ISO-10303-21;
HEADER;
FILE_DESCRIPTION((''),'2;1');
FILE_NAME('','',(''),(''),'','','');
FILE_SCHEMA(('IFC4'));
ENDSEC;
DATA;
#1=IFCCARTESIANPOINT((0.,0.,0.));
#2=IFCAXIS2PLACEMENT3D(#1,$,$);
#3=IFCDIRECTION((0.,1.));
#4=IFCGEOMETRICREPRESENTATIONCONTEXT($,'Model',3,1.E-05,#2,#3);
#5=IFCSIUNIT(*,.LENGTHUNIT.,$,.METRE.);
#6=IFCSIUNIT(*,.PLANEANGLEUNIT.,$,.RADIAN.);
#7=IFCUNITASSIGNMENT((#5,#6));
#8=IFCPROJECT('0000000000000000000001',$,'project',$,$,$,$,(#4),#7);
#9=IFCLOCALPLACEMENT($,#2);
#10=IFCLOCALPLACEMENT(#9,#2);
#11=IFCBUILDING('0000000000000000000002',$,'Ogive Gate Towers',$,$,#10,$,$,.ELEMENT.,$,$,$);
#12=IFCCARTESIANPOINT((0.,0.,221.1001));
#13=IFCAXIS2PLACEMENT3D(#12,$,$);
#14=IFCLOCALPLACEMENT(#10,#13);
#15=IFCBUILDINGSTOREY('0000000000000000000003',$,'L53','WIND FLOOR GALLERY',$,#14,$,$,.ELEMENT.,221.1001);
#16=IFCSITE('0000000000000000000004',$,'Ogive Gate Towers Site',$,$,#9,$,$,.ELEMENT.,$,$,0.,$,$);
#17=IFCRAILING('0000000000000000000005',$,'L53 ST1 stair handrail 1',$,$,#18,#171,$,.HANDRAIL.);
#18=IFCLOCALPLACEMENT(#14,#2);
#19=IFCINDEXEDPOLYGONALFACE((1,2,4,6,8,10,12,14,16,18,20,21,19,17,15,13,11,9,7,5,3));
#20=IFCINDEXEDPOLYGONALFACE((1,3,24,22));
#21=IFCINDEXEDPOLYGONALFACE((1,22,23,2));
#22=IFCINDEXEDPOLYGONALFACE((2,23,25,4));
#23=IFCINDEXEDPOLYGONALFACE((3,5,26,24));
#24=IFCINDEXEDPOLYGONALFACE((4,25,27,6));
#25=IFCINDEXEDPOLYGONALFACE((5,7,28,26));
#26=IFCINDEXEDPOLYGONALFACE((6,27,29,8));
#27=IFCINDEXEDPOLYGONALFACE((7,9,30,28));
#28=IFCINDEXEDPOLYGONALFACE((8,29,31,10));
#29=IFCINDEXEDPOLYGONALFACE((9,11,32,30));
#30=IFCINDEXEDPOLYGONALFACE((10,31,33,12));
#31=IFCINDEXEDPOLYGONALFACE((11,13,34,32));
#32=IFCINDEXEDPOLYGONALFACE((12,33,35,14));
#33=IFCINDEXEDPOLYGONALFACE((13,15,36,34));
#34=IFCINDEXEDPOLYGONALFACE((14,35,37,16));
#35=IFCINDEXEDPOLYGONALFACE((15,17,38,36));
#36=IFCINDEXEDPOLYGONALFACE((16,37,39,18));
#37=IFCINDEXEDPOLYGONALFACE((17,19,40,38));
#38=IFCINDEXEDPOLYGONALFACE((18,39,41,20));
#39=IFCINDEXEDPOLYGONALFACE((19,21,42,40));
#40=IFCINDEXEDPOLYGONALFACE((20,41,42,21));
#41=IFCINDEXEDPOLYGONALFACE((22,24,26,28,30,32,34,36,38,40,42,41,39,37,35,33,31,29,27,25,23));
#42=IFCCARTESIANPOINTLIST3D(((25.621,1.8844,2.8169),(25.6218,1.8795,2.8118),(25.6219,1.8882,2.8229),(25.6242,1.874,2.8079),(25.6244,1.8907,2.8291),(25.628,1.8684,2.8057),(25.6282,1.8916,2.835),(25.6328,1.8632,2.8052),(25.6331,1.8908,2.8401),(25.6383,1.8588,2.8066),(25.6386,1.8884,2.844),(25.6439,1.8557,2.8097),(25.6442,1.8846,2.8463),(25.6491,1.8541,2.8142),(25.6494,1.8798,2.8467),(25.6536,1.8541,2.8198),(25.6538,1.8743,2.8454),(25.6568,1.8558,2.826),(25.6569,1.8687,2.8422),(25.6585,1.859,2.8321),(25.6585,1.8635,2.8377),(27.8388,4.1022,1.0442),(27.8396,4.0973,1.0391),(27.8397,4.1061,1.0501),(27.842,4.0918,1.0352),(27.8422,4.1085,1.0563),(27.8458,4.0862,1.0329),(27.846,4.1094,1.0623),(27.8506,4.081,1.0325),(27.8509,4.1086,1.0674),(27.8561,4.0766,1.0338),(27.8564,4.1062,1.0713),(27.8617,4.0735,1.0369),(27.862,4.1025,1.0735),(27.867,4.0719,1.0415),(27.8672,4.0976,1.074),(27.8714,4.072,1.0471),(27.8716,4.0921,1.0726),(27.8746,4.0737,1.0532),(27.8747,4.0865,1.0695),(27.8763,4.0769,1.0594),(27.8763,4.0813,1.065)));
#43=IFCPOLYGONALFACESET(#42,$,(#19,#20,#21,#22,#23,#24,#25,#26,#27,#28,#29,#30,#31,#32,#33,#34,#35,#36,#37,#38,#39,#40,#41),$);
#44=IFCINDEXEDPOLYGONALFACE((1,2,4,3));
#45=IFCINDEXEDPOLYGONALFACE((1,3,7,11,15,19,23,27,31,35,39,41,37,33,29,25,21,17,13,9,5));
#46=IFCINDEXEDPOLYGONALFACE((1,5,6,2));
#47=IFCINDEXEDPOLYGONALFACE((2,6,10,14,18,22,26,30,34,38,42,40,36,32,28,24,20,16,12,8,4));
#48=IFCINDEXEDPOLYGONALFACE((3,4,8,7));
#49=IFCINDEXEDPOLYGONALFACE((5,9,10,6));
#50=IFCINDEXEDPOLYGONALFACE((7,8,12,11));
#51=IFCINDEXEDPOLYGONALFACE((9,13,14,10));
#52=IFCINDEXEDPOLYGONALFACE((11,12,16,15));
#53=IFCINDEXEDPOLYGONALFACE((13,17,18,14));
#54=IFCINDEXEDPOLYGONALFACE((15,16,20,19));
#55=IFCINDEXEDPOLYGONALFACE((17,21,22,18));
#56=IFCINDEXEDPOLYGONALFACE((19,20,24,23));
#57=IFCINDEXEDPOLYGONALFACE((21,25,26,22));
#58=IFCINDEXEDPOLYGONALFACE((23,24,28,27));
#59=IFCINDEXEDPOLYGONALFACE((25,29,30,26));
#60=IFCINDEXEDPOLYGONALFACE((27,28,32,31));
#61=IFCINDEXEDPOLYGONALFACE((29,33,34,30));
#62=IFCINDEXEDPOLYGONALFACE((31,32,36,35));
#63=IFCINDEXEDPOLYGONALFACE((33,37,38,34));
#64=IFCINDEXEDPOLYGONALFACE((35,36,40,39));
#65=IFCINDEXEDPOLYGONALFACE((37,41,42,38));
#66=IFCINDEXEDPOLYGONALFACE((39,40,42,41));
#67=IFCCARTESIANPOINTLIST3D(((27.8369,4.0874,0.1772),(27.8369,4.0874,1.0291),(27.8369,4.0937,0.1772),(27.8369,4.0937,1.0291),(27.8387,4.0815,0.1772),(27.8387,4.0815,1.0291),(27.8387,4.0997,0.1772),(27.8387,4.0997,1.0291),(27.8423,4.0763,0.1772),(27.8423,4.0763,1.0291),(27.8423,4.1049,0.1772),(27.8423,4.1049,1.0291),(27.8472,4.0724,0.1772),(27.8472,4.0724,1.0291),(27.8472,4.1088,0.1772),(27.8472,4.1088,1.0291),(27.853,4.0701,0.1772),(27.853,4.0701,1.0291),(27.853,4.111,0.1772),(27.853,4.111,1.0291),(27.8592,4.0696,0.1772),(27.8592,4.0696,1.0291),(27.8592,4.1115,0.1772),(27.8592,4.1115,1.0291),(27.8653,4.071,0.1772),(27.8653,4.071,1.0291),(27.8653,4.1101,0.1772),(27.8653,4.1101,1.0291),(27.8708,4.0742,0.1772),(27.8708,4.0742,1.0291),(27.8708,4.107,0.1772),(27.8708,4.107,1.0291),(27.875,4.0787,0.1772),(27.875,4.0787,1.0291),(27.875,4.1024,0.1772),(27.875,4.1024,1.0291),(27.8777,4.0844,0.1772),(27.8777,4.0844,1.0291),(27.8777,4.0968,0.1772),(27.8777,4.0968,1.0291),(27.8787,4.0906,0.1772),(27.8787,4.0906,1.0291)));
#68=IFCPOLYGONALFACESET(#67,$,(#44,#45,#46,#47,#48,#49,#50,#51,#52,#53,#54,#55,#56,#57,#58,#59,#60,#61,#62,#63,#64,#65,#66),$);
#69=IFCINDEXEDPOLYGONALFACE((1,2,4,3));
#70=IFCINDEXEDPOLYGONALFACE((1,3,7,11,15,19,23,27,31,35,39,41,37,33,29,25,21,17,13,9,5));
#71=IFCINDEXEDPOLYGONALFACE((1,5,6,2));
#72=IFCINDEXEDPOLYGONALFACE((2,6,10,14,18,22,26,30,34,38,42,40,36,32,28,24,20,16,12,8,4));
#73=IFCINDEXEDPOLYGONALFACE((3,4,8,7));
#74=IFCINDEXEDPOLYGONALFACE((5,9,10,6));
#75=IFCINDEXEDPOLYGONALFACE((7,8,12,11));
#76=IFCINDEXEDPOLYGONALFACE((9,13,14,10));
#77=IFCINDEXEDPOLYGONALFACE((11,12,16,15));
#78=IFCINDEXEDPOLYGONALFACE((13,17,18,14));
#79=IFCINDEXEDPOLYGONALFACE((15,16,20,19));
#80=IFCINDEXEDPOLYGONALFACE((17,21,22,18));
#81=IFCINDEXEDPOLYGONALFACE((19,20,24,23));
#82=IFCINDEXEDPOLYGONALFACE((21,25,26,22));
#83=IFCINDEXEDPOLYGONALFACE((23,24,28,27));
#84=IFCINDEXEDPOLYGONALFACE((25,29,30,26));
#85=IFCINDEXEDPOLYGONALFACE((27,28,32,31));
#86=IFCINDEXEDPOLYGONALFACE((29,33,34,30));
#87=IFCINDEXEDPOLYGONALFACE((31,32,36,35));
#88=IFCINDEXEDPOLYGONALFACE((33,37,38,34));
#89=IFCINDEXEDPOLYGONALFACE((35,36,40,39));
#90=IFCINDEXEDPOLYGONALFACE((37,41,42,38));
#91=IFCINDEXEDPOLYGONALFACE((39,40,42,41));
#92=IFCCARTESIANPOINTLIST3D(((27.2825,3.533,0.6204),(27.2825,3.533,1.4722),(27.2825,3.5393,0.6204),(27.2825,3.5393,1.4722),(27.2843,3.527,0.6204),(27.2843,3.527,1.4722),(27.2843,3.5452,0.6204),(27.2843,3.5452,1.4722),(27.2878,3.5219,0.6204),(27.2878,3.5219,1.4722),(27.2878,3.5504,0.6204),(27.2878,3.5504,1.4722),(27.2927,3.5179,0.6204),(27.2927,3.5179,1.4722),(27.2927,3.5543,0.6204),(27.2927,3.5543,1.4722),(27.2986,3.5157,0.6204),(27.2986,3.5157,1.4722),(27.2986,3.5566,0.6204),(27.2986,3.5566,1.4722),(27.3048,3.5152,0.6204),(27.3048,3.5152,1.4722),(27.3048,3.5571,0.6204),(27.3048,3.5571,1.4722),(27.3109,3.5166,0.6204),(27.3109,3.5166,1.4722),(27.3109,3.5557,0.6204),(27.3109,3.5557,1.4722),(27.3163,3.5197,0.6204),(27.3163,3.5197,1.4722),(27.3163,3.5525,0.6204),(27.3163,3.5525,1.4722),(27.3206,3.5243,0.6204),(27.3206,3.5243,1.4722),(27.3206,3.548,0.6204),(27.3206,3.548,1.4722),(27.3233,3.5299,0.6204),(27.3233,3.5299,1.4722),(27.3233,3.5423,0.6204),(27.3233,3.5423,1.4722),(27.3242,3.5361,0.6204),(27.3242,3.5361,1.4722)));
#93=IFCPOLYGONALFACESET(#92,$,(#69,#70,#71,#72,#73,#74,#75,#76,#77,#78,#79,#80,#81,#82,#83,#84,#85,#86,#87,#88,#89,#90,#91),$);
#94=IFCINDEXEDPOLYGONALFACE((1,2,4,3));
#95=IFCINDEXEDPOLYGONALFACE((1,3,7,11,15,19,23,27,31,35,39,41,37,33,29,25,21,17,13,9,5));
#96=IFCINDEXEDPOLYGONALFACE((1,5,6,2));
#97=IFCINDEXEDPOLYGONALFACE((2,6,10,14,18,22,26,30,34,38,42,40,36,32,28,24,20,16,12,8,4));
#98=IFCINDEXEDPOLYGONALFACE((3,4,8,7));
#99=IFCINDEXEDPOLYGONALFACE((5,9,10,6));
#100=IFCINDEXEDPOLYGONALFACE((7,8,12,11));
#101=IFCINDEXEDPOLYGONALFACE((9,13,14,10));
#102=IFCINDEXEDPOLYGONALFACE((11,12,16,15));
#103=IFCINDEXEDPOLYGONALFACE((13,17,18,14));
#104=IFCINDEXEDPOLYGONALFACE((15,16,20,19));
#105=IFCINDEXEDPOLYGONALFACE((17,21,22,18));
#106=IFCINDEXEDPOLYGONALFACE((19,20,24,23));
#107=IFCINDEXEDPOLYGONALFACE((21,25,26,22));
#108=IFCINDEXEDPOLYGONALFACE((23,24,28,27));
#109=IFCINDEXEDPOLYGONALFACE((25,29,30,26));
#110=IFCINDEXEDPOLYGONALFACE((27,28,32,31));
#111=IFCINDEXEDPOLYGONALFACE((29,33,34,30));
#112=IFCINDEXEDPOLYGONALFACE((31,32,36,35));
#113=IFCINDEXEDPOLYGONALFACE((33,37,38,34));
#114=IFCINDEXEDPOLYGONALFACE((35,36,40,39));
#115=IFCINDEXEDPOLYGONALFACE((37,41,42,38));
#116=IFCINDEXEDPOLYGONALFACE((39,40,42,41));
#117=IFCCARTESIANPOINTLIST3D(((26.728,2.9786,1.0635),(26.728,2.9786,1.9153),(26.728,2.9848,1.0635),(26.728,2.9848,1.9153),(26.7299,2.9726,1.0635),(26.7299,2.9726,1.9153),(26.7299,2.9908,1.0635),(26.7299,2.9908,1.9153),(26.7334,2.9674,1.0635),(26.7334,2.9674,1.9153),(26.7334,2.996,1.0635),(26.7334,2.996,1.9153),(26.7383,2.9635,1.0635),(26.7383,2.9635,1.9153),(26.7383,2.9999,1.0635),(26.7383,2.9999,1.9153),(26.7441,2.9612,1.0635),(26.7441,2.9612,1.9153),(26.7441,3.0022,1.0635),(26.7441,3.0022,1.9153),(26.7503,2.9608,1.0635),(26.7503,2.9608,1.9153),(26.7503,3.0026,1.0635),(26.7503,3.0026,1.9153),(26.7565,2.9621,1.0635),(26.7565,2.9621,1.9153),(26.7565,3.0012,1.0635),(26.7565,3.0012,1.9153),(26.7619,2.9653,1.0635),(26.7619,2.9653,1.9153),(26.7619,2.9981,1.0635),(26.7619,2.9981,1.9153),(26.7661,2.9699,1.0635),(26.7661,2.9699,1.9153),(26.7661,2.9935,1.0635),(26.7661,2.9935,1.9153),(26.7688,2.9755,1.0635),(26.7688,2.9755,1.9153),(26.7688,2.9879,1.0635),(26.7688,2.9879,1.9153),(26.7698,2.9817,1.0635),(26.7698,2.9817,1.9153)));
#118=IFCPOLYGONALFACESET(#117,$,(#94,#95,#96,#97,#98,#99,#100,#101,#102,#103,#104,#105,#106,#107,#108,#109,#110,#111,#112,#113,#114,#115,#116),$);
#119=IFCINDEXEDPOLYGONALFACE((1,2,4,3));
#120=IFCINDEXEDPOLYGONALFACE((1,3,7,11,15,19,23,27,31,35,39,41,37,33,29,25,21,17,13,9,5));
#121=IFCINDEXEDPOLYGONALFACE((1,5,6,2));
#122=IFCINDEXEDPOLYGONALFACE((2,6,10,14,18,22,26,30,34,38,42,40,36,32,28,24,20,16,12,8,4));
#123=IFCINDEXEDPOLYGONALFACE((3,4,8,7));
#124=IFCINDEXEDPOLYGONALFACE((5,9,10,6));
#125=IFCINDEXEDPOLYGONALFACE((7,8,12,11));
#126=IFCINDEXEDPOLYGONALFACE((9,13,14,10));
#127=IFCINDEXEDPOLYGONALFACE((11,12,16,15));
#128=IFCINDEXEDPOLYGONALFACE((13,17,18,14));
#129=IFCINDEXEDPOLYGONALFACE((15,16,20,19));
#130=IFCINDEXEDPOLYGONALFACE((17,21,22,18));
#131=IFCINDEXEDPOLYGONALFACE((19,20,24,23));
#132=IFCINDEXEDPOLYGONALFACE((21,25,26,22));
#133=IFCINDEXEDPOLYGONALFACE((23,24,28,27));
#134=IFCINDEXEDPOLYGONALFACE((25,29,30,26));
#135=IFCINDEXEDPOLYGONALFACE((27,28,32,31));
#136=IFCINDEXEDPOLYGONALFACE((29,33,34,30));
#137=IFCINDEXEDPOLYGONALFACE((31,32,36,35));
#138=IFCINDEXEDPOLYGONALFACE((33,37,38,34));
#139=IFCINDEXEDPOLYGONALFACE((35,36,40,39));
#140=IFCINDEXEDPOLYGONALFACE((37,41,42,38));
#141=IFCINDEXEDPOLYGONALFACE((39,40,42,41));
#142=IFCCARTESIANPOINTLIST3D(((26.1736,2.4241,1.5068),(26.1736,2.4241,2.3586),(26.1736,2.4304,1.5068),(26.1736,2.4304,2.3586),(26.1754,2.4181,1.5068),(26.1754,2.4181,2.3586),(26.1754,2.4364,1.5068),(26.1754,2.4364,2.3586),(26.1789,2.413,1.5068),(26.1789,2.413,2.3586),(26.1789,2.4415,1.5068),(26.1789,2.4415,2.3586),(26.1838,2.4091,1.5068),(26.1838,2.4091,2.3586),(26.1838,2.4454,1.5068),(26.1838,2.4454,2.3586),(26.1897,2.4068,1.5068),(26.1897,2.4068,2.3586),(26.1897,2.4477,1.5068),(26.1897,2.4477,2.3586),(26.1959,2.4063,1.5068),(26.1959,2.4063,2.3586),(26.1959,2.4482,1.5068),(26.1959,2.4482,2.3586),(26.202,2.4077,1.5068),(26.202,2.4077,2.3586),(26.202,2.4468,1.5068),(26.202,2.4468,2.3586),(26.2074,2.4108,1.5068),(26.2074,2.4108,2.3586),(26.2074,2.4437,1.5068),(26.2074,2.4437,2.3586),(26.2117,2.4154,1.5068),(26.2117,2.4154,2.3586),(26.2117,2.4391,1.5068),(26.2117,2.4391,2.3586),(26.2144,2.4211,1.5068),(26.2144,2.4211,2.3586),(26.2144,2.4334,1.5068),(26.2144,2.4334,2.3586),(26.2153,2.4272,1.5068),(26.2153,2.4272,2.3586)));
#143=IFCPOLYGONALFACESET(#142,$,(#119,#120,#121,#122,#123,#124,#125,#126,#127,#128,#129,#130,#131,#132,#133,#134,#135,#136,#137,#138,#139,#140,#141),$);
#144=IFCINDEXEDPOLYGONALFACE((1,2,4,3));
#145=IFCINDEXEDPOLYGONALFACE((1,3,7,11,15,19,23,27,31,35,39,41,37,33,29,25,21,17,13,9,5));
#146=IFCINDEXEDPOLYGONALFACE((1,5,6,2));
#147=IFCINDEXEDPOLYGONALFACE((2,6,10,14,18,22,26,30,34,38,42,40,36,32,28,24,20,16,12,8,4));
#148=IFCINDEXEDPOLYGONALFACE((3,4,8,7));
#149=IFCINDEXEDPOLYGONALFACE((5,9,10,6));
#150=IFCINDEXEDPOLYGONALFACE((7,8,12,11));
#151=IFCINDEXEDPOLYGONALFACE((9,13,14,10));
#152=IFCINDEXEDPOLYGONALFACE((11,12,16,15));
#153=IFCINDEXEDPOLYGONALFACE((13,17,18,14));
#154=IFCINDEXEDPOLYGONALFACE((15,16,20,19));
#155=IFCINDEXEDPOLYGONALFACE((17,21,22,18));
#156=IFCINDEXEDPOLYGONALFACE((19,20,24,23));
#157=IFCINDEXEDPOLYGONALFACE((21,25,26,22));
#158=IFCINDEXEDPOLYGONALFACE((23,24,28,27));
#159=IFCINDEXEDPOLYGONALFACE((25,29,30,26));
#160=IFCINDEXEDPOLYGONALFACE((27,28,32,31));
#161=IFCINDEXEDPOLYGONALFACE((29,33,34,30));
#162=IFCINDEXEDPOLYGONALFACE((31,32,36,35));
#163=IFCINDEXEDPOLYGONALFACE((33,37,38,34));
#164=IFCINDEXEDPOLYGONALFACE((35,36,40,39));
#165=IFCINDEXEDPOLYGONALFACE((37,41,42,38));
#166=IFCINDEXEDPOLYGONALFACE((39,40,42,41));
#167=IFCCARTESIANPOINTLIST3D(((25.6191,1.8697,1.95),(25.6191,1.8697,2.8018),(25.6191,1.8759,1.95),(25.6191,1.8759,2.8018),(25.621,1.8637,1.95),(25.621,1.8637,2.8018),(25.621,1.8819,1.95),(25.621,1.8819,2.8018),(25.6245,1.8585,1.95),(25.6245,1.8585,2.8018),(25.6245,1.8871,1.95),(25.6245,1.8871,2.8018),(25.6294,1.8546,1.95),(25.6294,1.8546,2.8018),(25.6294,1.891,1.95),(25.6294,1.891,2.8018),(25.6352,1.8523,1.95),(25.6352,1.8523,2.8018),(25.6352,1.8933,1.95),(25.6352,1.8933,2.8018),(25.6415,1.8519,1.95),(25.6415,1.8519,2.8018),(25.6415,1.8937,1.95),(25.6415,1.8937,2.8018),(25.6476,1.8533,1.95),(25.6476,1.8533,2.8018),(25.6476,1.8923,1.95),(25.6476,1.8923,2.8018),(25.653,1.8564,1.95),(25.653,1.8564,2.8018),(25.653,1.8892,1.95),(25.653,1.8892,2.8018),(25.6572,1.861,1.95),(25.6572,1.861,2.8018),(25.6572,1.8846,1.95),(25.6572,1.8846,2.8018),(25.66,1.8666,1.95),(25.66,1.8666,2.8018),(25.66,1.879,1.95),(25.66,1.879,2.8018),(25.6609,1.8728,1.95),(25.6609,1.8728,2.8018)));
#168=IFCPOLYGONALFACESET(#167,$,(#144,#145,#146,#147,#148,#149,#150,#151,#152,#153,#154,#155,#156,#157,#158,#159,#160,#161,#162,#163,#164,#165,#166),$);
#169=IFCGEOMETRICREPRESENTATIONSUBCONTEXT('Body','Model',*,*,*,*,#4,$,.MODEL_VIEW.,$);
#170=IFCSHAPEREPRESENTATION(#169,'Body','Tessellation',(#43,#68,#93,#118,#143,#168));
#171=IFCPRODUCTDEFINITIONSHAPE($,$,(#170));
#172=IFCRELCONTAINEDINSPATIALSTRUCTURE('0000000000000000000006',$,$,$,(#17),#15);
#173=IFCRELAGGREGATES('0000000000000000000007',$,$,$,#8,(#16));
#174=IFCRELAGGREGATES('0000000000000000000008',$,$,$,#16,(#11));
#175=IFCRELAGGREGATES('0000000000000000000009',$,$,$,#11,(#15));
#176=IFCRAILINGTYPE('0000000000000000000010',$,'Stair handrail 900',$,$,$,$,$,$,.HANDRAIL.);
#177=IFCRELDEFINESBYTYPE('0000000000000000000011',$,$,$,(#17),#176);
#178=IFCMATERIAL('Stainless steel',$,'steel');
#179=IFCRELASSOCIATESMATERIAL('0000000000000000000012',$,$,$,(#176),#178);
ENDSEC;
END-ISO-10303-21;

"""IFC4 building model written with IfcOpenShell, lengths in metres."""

from ifc_helpers import new_model, si_unit, direction, frame, origin, origin_2d, place, context, subcontext, project, spatial, circle, extrude, material, type_object, element, save


model = new_model("IFC4")

# Units and contexts
model_context = context("Model", 3, precision=1e-05, world=origin(), true_north=direction((0.0, 1.0)))
body_context = subcontext(model_context, "Body", "Model", "MODEL_VIEW")
ifc_project = project(units=[si_unit("LENGTHUNIT", "METRE"), si_unit("PLANEANGLEUNIT", "RADIAN")], contexts=[model_context])

# Site, building, storey
site_placement = place(None, origin())
site = spatial("IfcSite", under=ifc_project, at=site_placement, Name="Ogive Gate Towers Site", CompositionType="ELEMENT", RefElevation=0.0)
building_placement = place(site_placement, origin())
building = spatial("IfcBuilding", under=site, at=building_placement, Name="Ogive Gate Towers", CompositionType="ELEMENT")
storey_placement = place(building_placement, frame((0.0, 0.0, 221.1001)))
storey = spatial("IfcBuildingStorey", under=building, at=storey_placement, Name="L53", Description="WIND FLOOR GALLERY", CompositionType="ELEMENT", Elevation=221.1001)

# Railing
ifc_material_1 = material(Name="Stainless steel", Category="steel")
railing_type_1 = type_object("IfcRailingType", Name="Stair handrail 900", PredefinedType="HANDRAIL", material=ifc_material_1)
for number, where, name in (
    (1, (27.8577, 4.0906, 0.1772), "L53 ST1 stair handrail 1"),
):
    element("IfcRailing", number, at=place(storey_placement, frame(where)), inside=storey, type_object=railing_type_1, Name=name, PredefinedType="HANDRAIL", context=body_context, shape_type="SweptSolid", body=[
        extrude(circle(Radius=0.0239, at=origin_2d()), frame((0.0, 0.0, 0.876), z_axis=(-0.615585, -0.615585, 0.492048), x_axis=(0.707107, -0.707107, 0.0)), (0.0, 0.0, 1.0), 3.6028),
        extrude(circle(Radius=0.021, at=origin_2d()), origin(), (0.0, 0.0, 1.0), 0.8518),
        extrude(circle(Radius=0.021, at=origin_2d()), frame((-0.5544, -0.5544, 0.4431)), (0.0, 0.0, 1.0), 0.8518),
        extrude(circle(Radius=0.021, at=origin_2d()), frame((-1.1089, -1.1089, 0.8862)), (0.0, 0.0, 1.0), 0.8518),
        extrude(circle(Radius=0.021, at=origin_2d()), frame((-1.6633, -1.6633, 1.3296)), (0.0, 0.0, 1.0), 0.8518),
        extrude(circle(Radius=0.021, at=origin_2d()), frame((-2.2178, -2.2178, 1.7727)), (0.0, 0.0, 1.0), 0.8518),
    ])

save(model, "model.ifc")
